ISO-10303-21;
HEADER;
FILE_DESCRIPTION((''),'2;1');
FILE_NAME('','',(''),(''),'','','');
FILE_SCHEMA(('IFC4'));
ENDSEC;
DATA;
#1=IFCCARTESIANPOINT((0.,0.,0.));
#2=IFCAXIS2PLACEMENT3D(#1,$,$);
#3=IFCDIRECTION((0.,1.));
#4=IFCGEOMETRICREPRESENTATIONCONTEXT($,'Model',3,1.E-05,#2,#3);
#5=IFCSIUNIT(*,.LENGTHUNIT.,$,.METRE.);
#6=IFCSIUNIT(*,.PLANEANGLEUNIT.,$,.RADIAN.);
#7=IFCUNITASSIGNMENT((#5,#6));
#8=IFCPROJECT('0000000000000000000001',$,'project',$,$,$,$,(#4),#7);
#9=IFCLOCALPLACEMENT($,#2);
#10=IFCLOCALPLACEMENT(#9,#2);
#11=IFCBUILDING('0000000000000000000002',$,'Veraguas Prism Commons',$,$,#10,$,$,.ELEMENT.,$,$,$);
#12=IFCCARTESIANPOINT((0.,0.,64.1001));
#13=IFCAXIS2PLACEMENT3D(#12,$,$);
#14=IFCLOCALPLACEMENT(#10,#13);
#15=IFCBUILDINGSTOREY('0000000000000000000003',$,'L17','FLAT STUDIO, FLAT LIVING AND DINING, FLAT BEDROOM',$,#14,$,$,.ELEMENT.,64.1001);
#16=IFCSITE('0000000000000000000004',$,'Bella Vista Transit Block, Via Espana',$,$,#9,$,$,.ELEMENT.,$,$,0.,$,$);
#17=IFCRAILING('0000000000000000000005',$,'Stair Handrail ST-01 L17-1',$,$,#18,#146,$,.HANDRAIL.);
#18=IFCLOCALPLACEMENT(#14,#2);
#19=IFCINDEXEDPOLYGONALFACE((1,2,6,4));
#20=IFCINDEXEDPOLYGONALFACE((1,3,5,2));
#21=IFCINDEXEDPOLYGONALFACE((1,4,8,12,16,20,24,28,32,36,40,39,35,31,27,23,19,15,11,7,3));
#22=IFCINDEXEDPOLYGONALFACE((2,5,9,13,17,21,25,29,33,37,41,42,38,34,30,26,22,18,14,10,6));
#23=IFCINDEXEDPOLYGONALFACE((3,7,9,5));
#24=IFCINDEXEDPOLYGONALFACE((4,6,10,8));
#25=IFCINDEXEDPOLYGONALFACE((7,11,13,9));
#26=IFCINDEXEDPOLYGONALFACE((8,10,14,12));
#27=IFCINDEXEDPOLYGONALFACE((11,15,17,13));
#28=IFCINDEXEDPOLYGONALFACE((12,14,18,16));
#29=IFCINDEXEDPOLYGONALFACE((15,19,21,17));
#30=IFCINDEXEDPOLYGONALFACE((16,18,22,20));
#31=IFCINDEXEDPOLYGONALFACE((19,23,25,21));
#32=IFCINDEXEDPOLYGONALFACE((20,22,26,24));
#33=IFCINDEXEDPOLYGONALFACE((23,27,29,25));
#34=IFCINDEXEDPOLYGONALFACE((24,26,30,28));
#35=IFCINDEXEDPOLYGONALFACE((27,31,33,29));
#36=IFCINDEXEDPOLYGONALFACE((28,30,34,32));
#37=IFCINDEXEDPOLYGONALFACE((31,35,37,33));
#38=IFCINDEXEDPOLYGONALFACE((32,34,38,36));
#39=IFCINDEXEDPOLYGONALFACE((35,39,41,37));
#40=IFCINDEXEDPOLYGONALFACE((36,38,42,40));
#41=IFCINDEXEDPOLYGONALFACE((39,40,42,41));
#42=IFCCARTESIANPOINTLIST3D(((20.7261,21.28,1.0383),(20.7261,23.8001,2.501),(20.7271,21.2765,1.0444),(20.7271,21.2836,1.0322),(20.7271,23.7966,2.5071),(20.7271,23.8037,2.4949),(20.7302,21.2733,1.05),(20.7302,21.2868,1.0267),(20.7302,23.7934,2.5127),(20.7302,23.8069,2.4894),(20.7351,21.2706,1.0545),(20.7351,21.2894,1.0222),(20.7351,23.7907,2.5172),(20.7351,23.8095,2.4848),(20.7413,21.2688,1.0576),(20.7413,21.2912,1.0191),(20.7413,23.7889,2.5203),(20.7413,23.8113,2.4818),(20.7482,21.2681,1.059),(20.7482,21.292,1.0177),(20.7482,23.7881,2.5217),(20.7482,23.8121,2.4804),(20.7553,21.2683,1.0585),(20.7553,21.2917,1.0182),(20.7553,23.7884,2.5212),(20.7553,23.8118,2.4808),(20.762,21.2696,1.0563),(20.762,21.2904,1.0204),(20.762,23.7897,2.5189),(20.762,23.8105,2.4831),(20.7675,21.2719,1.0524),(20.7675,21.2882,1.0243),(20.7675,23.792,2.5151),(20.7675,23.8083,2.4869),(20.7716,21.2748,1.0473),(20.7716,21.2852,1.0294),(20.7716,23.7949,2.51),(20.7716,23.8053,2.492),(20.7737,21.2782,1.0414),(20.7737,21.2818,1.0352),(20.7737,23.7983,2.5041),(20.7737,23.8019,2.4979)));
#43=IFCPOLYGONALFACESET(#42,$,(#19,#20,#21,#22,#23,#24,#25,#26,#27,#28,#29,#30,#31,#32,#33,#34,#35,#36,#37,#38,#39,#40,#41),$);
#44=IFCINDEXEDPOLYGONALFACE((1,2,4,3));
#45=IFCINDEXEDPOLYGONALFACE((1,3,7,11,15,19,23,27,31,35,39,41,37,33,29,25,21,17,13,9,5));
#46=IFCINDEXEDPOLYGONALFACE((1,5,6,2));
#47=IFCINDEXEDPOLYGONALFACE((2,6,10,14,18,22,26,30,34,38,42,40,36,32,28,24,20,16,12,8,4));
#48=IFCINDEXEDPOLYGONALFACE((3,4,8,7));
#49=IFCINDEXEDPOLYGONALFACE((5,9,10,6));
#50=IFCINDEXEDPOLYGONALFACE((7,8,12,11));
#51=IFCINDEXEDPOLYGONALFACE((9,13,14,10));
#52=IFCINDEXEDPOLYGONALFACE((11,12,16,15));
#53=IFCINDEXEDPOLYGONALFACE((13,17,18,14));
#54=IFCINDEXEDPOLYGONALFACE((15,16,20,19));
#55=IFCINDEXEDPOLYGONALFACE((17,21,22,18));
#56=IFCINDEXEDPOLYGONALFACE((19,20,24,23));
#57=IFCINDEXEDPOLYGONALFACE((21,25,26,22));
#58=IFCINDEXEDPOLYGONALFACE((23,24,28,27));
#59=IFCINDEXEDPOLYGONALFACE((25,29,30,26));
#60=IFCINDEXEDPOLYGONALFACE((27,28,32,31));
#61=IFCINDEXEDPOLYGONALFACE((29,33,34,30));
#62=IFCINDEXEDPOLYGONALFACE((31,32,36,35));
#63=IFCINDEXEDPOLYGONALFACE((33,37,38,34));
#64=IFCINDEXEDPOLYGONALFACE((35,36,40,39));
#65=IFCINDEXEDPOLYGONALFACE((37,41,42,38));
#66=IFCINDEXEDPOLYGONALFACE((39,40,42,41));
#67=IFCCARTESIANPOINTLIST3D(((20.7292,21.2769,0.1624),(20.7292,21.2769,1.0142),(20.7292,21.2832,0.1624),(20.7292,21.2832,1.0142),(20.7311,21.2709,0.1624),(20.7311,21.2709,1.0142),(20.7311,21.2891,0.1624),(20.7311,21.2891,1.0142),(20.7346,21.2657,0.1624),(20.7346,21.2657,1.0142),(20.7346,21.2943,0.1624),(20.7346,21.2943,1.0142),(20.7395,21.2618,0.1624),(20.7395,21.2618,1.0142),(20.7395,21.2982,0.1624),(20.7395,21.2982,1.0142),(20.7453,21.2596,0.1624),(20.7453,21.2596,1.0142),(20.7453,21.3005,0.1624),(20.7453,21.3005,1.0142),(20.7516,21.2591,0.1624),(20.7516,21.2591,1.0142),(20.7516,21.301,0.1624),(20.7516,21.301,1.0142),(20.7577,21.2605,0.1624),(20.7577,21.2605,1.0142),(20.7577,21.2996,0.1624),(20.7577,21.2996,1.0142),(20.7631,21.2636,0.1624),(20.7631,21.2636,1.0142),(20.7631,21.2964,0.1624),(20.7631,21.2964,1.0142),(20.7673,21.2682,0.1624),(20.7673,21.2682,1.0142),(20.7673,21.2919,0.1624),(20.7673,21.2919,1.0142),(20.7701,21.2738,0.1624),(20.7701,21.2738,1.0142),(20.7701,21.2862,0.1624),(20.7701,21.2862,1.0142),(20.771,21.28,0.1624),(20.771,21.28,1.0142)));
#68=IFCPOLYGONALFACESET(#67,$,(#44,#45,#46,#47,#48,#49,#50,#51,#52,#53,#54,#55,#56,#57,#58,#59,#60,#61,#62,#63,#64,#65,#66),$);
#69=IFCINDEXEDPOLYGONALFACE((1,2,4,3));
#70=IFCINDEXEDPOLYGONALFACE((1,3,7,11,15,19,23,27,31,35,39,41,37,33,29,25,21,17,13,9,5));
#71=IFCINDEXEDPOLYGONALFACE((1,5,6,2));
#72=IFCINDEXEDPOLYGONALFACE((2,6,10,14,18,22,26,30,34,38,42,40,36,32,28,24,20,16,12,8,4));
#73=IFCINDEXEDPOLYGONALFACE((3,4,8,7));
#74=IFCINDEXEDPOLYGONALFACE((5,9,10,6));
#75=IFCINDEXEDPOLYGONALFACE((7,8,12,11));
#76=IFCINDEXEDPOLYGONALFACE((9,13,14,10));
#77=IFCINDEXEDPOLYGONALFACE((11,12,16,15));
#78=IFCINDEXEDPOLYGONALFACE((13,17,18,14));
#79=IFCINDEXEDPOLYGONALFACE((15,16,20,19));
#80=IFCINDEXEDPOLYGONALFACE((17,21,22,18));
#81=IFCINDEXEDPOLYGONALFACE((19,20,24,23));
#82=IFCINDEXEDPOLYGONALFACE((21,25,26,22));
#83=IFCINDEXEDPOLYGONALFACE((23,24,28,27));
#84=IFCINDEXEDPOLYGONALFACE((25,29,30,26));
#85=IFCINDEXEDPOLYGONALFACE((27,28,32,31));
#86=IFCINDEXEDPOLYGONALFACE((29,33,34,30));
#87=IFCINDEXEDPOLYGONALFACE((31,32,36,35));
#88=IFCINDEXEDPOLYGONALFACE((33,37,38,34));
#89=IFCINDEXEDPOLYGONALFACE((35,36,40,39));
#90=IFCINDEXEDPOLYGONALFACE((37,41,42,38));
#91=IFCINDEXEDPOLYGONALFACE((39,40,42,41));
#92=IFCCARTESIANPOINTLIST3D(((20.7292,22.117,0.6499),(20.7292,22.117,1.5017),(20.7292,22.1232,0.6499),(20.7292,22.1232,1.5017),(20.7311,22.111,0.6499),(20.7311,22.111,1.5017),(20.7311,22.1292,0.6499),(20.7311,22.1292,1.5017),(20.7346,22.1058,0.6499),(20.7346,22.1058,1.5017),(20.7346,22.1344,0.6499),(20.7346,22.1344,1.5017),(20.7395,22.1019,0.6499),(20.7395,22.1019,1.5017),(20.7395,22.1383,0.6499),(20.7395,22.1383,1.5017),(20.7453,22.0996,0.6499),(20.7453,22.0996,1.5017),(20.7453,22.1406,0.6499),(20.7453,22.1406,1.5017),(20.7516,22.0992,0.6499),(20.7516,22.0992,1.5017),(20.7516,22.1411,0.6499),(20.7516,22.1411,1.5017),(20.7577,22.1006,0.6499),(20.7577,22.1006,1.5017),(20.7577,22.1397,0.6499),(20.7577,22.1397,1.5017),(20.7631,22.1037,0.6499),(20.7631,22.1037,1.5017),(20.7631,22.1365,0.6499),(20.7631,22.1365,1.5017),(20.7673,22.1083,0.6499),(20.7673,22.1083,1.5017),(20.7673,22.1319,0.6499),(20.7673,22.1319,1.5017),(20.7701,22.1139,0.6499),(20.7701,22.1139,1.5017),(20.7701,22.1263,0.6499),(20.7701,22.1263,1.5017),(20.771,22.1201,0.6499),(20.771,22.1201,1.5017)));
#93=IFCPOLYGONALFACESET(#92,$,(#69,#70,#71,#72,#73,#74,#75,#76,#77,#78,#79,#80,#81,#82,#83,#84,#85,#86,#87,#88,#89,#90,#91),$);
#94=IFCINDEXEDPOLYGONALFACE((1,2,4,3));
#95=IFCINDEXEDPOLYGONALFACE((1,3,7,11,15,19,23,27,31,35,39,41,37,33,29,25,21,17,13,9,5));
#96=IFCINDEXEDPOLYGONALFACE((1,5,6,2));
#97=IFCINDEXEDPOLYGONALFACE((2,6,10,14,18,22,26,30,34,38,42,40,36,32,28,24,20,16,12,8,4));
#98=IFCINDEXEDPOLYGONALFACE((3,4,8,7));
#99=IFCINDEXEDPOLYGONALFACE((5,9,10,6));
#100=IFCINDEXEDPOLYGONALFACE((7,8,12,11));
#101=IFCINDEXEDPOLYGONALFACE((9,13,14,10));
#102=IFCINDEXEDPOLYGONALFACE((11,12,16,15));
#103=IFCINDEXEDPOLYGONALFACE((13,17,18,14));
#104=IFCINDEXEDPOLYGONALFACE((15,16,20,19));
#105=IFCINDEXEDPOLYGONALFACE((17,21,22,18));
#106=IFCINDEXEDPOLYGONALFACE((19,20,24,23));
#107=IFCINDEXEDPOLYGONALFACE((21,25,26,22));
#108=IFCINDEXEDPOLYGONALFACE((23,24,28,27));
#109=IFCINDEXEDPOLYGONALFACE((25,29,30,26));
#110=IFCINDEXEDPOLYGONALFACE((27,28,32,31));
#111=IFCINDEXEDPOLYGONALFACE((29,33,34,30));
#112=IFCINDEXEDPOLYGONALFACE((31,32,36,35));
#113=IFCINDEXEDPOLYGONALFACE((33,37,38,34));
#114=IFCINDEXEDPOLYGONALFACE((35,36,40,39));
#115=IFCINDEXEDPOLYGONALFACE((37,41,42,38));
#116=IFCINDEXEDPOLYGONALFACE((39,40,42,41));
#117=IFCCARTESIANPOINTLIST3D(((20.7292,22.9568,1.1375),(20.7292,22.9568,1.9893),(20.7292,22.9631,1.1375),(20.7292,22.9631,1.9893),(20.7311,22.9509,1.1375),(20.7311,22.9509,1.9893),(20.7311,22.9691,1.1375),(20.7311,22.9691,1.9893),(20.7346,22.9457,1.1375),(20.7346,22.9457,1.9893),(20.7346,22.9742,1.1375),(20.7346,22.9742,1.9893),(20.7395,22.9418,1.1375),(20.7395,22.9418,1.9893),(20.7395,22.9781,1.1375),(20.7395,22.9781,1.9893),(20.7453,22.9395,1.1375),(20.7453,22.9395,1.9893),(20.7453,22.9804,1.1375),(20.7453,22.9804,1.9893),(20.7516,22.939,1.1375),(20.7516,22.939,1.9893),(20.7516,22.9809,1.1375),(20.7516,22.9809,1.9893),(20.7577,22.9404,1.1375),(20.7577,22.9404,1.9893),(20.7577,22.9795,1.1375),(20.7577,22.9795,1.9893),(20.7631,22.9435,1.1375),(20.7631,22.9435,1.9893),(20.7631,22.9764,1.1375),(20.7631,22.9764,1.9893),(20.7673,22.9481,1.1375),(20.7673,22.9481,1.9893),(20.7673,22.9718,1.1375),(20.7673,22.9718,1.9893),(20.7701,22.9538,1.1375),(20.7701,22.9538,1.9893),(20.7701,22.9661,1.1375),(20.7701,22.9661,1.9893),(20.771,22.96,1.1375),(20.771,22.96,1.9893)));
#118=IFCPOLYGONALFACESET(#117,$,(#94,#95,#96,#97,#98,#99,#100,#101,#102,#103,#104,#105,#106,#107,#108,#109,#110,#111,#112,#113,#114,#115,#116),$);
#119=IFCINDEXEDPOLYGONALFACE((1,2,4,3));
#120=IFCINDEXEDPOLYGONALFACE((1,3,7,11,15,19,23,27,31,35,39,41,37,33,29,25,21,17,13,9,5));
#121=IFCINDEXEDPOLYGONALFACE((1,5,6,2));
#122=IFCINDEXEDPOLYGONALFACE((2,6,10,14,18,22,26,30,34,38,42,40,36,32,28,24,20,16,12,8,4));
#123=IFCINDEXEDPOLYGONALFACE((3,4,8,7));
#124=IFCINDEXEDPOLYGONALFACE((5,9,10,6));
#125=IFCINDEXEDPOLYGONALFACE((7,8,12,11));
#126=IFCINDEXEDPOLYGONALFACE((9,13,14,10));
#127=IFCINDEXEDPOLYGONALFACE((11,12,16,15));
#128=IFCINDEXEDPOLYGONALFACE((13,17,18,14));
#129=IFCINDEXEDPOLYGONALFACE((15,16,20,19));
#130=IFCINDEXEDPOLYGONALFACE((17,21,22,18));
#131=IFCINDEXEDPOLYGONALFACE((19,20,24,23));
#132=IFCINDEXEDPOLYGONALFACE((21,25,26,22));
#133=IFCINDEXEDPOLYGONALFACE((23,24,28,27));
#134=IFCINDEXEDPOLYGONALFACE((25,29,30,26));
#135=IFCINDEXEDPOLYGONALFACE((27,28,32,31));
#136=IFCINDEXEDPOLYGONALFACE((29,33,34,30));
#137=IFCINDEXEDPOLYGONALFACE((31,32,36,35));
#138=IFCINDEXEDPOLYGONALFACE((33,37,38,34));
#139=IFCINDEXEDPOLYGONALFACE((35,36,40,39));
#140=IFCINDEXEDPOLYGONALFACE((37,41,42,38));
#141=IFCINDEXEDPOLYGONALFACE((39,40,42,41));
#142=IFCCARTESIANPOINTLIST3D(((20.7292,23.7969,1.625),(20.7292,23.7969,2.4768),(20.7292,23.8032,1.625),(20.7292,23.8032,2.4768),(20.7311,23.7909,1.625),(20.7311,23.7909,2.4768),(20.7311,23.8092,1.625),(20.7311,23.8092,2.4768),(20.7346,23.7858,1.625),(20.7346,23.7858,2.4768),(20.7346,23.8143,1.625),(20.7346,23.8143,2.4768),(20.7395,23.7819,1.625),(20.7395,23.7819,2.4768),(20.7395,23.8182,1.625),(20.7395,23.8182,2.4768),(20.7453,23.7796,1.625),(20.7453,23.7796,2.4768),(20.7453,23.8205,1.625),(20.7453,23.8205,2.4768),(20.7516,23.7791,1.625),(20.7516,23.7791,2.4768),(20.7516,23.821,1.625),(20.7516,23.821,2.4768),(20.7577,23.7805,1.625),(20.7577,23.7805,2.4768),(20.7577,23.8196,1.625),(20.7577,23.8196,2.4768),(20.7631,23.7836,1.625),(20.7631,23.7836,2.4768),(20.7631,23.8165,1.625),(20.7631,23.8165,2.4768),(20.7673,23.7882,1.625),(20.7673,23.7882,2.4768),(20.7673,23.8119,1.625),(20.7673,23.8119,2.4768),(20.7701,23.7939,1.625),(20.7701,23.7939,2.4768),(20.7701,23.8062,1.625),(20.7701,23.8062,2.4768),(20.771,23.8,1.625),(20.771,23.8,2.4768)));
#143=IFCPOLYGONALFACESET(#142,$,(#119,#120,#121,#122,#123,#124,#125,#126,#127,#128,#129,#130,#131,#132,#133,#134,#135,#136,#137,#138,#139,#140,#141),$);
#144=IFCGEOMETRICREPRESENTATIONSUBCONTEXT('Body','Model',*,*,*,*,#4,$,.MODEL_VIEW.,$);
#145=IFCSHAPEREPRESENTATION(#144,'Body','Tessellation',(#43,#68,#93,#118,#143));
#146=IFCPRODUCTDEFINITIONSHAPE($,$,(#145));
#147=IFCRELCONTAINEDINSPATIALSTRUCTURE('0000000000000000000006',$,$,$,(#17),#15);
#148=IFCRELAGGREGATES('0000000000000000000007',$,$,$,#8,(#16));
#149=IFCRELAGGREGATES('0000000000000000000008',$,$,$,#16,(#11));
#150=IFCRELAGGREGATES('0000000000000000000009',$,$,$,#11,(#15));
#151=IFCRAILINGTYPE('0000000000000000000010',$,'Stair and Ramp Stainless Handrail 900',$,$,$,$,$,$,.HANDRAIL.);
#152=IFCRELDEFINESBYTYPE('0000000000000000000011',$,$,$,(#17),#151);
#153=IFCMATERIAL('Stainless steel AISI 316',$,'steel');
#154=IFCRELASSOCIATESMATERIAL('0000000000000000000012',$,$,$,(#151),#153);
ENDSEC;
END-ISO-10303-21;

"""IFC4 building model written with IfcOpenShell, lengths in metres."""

from ifc_helpers import new_model, si_unit, direction, frame, origin, origin_2d, place, context, subcontext, project, spatial, circle, extrude, material, type_object, element, save


model = new_model("IFC4")

# Units and contexts
model_context = context("Model", 3, precision=1e-05, world=origin(), true_north=direction((0.0, 1.0)))
body_context = subcontext(model_context, "Body", "Model", "MODEL_VIEW")
ifc_project = project(units=[si_unit("LENGTHUNIT", "METRE"), si_unit("PLANEANGLEUNIT", "RADIAN")], contexts=[model_context])

# Site, building, storey
site_placement = place(None, origin())
site = spatial("IfcSite", under=ifc_project, at=site_placement, Name="Bella Vista Transit Block, Via Espana", CompositionType="ELEMENT", RefElevation=0.0)
building_placement = place(site_placement, origin())
building = spatial("IfcBuilding", under=site, at=building_placement, Name="Veraguas Prism Commons", CompositionType="ELEMENT")
storey_placement = place(building_placement, frame((0.0, 0.0, 64.1001)))
storey = spatial("IfcBuildingStorey", under=building, at=storey_placement, Name="L17", Description="FLAT STUDIO, FLAT LIVING AND DINING, FLAT BEDROOM", CompositionType="ELEMENT", Elevation=64.1001)

# Railing
ifc_material_1 = material(Name="Stainless steel AISI 316", Category="steel")
railing_type_1 = type_object("IfcRailingType", Name="Stair and Ramp Stainless Handrail 900", PredefinedType="HANDRAIL", material=ifc_material_1)
railing_1_placement = place(storey_placement, frame((20.75, 21.28, 0.1624)))
element("IfcRailing", 1, at=railing_1_placement, inside=storey, type_object=railing_type_1, Name="Stair Handrail ST-01 L17-1", PredefinedType="HANDRAIL", context=body_context, shape_type="SweptSolid", body=[
    extrude(circle(Radius=0.0239, at=origin_2d()), frame((0.0, 0.0, 0.876), z_axis=(0.0, 0.864877, 0.501984), x_axis=(-1.0, 0.0, 0.0)), (0.0, 0.0, 1.0), 2.9138),
    extrude(circle(Radius=0.021, at=origin_2d()), origin(), (0.0, 0.0, 1.0), 0.8518),
    extrude(circle(Radius=0.021, at=origin_2d()), frame((0.0, 0.8401, 0.4875)), (0.0, 0.0, 1.0), 0.8518),
    extrude(circle(Radius=0.021, at=origin_2d()), frame((0.0, 1.6799, 0.9751)), (0.0, 0.0, 1.0), 0.8518),
    extrude(circle(Radius=0.021, at=origin_2d()), frame((0.0, 2.52, 1.4626)), (0.0, 0.0, 1.0), 0.8518),
])

save(model, "model.ifc")
